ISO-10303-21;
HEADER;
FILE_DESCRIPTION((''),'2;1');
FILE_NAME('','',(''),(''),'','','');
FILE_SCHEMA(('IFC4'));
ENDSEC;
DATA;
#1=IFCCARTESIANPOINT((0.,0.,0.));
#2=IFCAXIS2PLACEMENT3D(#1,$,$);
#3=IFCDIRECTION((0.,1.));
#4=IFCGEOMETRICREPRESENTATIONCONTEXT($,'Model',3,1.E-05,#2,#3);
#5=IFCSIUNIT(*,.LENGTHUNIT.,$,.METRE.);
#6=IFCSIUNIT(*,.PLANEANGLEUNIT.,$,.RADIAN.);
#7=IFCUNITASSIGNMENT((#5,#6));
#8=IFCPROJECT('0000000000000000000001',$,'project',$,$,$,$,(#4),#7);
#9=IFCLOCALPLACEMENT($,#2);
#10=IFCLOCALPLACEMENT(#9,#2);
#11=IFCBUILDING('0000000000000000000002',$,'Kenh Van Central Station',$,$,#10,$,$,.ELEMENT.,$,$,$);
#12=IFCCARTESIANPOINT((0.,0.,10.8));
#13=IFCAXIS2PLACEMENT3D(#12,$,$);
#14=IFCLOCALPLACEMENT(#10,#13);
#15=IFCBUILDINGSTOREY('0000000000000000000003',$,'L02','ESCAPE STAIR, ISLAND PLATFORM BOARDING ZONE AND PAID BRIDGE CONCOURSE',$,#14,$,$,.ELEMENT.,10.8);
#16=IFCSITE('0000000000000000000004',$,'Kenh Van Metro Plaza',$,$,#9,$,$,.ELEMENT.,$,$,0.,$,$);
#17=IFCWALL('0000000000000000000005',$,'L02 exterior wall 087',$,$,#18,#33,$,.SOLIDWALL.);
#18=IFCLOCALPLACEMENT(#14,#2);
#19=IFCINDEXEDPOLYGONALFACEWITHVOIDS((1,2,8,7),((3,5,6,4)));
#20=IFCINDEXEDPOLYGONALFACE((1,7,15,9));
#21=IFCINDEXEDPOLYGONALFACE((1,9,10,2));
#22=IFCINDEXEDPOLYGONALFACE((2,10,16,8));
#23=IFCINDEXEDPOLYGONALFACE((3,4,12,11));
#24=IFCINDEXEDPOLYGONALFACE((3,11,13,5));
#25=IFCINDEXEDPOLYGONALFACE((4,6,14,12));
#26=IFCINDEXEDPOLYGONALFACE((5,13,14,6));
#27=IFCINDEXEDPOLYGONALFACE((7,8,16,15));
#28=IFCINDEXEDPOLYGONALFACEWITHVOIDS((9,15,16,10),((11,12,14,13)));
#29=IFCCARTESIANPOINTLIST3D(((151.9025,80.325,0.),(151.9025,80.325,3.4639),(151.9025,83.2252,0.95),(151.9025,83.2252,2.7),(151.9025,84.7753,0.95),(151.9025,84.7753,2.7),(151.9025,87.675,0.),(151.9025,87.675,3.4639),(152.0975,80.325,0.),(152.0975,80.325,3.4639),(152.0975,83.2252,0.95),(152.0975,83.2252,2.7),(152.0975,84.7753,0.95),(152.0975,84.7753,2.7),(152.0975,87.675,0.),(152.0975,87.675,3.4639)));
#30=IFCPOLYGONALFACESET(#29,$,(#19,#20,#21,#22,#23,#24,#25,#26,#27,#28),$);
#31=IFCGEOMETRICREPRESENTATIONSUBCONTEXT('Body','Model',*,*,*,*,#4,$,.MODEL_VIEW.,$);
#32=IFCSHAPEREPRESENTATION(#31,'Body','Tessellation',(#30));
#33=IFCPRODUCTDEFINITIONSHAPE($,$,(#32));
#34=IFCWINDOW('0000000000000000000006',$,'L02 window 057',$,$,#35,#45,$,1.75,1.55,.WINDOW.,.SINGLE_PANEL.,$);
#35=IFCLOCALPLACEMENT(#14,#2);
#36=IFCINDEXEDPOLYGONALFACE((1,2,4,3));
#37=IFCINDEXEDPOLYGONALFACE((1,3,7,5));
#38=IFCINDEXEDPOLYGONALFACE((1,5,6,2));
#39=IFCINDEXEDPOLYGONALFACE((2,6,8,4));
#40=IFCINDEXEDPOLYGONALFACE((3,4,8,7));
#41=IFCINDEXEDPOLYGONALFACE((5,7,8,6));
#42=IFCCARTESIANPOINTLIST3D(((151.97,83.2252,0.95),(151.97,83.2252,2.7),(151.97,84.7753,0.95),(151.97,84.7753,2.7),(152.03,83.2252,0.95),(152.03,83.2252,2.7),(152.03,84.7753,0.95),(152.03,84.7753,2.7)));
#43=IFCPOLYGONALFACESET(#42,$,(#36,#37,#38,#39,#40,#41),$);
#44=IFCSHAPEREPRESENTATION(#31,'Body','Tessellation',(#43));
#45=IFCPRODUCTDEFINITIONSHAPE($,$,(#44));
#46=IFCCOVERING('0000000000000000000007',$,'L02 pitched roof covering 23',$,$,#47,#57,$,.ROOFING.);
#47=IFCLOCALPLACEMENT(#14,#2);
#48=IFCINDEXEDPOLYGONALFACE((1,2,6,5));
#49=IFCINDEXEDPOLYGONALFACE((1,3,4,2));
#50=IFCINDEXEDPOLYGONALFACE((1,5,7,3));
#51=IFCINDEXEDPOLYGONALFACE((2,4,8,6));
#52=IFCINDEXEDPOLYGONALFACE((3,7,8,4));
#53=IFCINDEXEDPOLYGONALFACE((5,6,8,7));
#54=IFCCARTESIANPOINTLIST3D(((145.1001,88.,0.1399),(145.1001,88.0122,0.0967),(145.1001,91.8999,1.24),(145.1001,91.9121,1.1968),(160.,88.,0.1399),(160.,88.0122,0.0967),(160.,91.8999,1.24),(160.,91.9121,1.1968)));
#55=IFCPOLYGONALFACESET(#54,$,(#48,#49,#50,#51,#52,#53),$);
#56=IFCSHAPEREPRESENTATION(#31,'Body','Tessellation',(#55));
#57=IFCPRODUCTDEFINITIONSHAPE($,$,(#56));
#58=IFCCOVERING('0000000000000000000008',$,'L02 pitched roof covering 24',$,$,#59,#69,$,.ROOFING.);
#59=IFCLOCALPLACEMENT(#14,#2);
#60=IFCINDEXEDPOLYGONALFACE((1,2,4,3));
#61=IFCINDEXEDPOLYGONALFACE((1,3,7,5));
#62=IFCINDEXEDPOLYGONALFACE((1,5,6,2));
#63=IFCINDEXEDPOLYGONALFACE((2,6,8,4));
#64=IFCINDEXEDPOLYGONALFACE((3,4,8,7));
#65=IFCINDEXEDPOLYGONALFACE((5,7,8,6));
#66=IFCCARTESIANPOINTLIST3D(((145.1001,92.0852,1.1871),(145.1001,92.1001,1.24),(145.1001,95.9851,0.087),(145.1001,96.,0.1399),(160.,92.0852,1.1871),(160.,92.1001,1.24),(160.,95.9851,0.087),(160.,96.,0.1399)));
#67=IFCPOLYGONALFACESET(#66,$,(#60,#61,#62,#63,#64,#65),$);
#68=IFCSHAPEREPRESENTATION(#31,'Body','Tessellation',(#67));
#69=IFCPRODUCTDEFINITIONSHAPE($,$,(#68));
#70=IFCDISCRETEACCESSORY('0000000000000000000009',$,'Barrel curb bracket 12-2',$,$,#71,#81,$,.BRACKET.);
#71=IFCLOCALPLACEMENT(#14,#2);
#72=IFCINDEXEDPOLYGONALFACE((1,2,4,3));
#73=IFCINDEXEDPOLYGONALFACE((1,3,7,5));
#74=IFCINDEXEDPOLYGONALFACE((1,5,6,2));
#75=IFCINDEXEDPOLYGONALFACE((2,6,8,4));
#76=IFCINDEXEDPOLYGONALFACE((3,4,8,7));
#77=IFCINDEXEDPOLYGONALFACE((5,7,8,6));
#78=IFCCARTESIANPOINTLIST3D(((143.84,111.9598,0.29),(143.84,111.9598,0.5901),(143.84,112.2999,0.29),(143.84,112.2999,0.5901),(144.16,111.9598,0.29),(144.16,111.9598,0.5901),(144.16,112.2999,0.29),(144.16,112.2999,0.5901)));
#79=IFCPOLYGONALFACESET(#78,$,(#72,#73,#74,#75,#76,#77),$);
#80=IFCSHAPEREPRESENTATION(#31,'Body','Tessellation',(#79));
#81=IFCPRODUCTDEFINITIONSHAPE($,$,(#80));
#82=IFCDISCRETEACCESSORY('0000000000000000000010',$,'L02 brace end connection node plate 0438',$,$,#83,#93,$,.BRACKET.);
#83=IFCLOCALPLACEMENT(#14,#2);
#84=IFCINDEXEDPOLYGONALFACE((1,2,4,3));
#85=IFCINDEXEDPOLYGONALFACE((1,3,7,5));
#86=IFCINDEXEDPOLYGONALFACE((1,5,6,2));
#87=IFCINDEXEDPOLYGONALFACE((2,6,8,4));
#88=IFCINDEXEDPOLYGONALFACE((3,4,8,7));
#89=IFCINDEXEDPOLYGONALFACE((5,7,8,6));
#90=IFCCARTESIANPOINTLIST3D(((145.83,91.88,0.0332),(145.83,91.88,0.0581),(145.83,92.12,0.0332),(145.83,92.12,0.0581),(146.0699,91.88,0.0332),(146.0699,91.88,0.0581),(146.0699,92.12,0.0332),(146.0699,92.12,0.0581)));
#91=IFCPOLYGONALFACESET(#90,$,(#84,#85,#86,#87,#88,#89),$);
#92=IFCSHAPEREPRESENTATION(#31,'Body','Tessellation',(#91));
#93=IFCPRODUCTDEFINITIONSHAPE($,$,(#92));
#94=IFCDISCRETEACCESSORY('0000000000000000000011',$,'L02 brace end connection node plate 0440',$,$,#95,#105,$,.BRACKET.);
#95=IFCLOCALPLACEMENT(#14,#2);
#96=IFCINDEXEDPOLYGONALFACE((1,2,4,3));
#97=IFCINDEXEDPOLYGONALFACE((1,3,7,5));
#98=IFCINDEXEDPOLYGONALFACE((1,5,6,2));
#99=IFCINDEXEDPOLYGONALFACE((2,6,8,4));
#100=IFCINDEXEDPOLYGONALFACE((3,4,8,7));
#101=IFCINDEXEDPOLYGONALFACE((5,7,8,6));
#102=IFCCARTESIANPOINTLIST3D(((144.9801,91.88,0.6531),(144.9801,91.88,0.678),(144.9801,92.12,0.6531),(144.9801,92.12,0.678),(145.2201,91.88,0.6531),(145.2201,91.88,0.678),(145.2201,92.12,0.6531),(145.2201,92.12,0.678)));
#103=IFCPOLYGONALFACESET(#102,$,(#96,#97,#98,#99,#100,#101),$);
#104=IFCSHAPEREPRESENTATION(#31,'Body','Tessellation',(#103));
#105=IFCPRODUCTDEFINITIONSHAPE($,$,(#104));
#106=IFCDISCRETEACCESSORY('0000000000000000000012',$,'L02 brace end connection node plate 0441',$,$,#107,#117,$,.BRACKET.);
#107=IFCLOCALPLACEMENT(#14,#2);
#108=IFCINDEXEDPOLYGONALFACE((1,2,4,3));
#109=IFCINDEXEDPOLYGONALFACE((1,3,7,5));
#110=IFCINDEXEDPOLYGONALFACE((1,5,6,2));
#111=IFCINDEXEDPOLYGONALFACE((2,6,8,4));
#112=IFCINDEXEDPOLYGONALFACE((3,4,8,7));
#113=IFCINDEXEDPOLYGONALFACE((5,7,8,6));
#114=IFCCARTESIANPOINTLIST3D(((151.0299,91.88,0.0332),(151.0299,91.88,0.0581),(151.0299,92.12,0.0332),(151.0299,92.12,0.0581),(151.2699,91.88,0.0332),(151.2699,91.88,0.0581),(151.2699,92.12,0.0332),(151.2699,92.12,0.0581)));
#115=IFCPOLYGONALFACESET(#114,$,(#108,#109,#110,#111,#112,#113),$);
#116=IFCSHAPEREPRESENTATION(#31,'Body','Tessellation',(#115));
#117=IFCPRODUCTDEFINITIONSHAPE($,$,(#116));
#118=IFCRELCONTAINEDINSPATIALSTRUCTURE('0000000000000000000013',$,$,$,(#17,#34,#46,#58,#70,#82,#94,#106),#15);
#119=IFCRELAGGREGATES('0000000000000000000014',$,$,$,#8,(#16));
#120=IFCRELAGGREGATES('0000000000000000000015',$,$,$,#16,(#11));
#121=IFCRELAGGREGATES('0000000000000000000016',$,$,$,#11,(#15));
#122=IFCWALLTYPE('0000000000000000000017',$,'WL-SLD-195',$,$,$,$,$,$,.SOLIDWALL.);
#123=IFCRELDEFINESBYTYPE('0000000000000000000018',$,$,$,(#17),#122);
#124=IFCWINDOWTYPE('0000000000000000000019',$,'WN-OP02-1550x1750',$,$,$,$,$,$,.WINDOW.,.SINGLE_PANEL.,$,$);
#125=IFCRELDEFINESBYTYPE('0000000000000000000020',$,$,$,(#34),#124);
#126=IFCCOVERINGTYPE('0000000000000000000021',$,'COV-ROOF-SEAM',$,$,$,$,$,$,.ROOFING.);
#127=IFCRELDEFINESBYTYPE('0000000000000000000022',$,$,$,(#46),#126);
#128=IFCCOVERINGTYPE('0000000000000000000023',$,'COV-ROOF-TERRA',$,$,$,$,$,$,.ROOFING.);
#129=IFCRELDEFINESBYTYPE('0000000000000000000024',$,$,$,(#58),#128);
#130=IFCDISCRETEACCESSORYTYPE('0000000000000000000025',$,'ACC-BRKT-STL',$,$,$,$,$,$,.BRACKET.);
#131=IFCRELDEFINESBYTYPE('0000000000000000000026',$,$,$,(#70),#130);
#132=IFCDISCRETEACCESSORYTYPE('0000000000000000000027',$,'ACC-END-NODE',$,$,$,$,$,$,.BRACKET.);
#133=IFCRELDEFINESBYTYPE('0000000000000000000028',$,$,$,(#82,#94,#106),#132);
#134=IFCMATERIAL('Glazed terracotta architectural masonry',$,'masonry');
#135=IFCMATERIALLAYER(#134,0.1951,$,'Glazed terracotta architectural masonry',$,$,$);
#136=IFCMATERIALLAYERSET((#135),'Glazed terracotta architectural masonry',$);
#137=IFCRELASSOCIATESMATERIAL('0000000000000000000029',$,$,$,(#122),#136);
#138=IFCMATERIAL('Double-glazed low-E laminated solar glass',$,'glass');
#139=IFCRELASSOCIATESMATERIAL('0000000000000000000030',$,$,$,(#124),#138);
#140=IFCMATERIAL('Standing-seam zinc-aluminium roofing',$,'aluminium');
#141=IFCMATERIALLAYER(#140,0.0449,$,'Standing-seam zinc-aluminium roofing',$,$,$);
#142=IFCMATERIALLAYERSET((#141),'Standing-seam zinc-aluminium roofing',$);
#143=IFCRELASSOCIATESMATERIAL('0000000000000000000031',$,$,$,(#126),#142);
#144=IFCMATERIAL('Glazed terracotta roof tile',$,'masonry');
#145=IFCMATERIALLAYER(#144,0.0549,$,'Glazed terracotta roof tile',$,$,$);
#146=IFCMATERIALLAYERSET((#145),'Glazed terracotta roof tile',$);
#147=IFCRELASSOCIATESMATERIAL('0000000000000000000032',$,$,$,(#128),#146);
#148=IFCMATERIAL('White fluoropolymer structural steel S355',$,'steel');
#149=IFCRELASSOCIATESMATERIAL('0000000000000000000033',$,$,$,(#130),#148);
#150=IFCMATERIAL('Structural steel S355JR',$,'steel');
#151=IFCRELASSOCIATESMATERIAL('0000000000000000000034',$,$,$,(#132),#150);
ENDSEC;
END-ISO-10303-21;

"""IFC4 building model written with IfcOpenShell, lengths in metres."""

from ifc_helpers import new_model, si_unit, direction, frame, frame_2d, origin, origin_2d, place, context, subcontext, project, spatial, polyline, rectangle, outline, extrude, material, layer, layer_set, type_object, element, fill, save


model = new_model("IFC4")

# Units and contexts
model_context = context("Model", 3, precision=1e-05, world=origin(), true_north=direction((0.0, 1.0)))
body_context = subcontext(model_context, "Body", "Model", "MODEL_VIEW")
ifc_project = project(units=[si_unit("LENGTHUNIT", "METRE"), si_unit("PLANEANGLEUNIT", "RADIAN")], contexts=[model_context])

# Site, building, storey
site_placement = place(None, origin())
site = spatial("IfcSite", under=ifc_project, at=site_placement, Name="Kenh Van Metro Plaza", CompositionType="ELEMENT", RefElevation=0.0)
building_placement = place(site_placement, origin())
building = spatial("IfcBuilding", under=site, at=building_placement, Name="Kenh Van Central Station", CompositionType="ELEMENT")
storey_placement = place(building_placement, frame((0.0, 0.0, 10.8)))
storey = spatial("IfcBuildingStorey", under=building, at=storey_placement, Name="L02", Description="ESCAPE STAIR, ISLAND PLATFORM BOARDING ZONE AND PAID BRIDGE CONCOURSE", CompositionType="ELEMENT", Elevation=10.8)

# Shared definitions
ifc_material_1 = material(Name="White fluoropolymer structural steel S355", Category="steel")

# Wall, opening, window
ifc_material_2 = material(Name="Glazed terracotta architectural masonry", Category="masonry")
ifc_layer_1 = layer(ifc_material_2, 0.1951, Name="Glazed terracotta architectural masonry")
ifc_layer_set_1 = layer_set([ifc_layer_1], Name="Glazed terracotta architectural masonry")
wall_type = type_object("IfcWallType", Name="WL-SLD-195", PredefinedType="SOLIDWALL", material=ifc_layer_set_1)
wall_placement = place(storey_placement, frame((152.0, 87.675, 0.0), z_axis=(0.0, 0.0, 1.0), x_axis=(0.0, -1.0, 0.0)))
wall = element("IfcWall", 1, at=wall_placement, inside=storey, type_object=wall_type, Name="L02 exterior wall 087", PredefinedType="SOLIDWALL", context=body_context, shape_type="SweptSolid", body=[
    extrude(rectangle(XDim=7.3501, YDim=0.1951, at=frame_2d((3.675, 0.0))), origin(), (0.0, 0.0, 1.0), 3.4639),
])
opening_placement = place(wall_placement, frame((2.8999, 0.0, 0.95)))
opening = element("IfcOpeningElement", 2, at=opening_placement, cuts=wall, PredefinedType="OPENING", context=body_context, shape_type="SweptSolid", body=[
    extrude(rectangle(XDim=1.55, YDim=1.75, at=frame_2d((0.7749, 0.875))), frame((0.0, 0.1074, 0.0), z_axis=(0.0, -1.0, 0.0), x_axis=(1.0, 0.0, 0.0)), (0.0, 0.0, 1.0), 0.2151),
])
ifc_material_3 = material(Name="Double-glazed low-E laminated solar glass", Category="glass")
window_type = type_object("IfcWindowType", Name="WN-OP02-1550x1750", PartitioningType="SINGLE_PANEL", PredefinedType="WINDOW", material=ifc_material_3)
window_placement = place(opening_placement, origin())
window = element("IfcWindow", 3, at=window_placement, inside=storey, type_object=window_type, Name="L02 window 057", OverallHeight=1.75, OverallWidth=1.55, PartitioningType="SINGLE_PANEL", PredefinedType="WINDOW", context=body_context, shape_type="SweptSolid", body=[
    extrude(rectangle(XDim=1.55, YDim=1.75, at=frame_2d((0.7749, 0.875))), frame((0.0, 0.03, 0.0), z_axis=(0.0, -1.0, 0.0), x_axis=(1.0, 0.0, 0.0)), (0.0, 0.0, 1.0), 0.0601),
])
fill(opening, window)

# Coverings
ifc_material_4 = material(Name="Standing-seam zinc-aluminium roofing", Category="aluminium")
ifc_layer_2 = layer(ifc_material_4, 0.0449, Name="Standing-seam zinc-aluminium roofing")
ifc_layer_set_2 = layer_set([ifc_layer_2], Name="Standing-seam zinc-aluminium roofing")
covering_type_1 = type_object("IfcCoveringType", Name="COV-ROOF-SEAM", PredefinedType="ROOFING", material=ifc_layer_set_2)
covering_1_placement = place(storey_placement, frame((145.1001, 88.0, 0.1399), z_axis=(0.0, -0.271489, 0.962442), x_axis=(1.0, 0.0, 0.0)))
element("IfcCovering", 4, at=covering_1_placement, inside=storey, type_object=covering_type_1, Name="L02 pitched roof covering 23", PredefinedType="ROOFING", context=body_context, shape_type="SweptSolid", body=[
    extrude(outline(polyline([(0.0, 0.0), (14.8999, 0.0), (14.8999, 4.0521), (0.0, 4.0521), (0.0, 0.0)])), origin(), (0.0, 0.0, -1.0), 0.0449),
])
ifc_material_5 = material(Name="Glazed terracotta roof tile", Category="masonry")
ifc_layer_3 = layer(ifc_material_5, 0.0549, Name="Glazed terracotta roof tile")
ifc_layer_set_3 = layer_set([ifc_layer_3], Name="Glazed terracotta roof tile")
covering_type_2 = type_object("IfcCoveringType", Name="COV-ROOF-TERRA", PredefinedType="ROOFING", material=ifc_layer_set_3)
covering_2_placement = place(storey_placement, frame((145.1001, 92.1001, 1.24), z_axis=(0.0, 0.271489, 0.962442), x_axis=(1.0, 0.0, 0.0)))
element("IfcCovering", 5, at=covering_2_placement, inside=storey, type_object=covering_type_2, Name="L02 pitched roof covering 24", PredefinedType="ROOFING", context=body_context, shape_type="SweptSolid", body=[
    extrude(outline(polyline([(0.0, 0.0), (14.8999, 0.0), (14.8999, 4.0521), (0.0, 4.0521), (0.0, 0.0)])), origin(), (0.0, 0.0, -1.0), 0.0549),
])

# Discrete accessories
discrete_accessory_type_1 = type_object("IfcDiscreteAccessoryType", Name="ACC-BRKT-STL", PredefinedType="BRACKET", material=ifc_material_1)
discrete_accessory_placement = place(storey_placement, frame((144.0, 112.1299, 0.29), z_axis=(0.0, 0.0, 1.0), x_axis=(1.0, 0.0, 0.0)))
element("IfcDiscreteAccessory", 6, at=discrete_accessory_placement, inside=storey, type_object=discrete_accessory_type_1, Name="Barrel curb bracket 12-2", PredefinedType="BRACKET", context=body_context, shape_type="SweptSolid", body=[
    extrude(rectangle(XDim=0.3201, YDim=0.3401, at=origin_2d()), origin(), (0.0, 0.0, 1.0), 0.3),
])
ifc_material_6 = material(Name="Structural steel S355JR", Category="steel")
discrete_accessory_type_2 = type_object("IfcDiscreteAccessoryType", Name="ACC-END-NODE", PredefinedType="BRACKET", material=ifc_material_6)
for number, where, z_axis, x_axis, name in (
    (7, (145.95, 92.0, 0.0332), (0.0, 0.0, 1.0), (1.0, 0.0, 0.0), "L02 brace end connection node plate 0438"),
    (8, (145.1001, 92.0, 0.6531), (0.0, 0.0, 1.0), (1.0, 0.0, 0.0), "L02 brace end connection node plate 0440"),
    (9, (151.1499, 92.0, 0.0332), (0.0, 0.0, 1.0), (1.0, 0.0, 0.0), "L02 brace end connection node plate 0441"),
):
    element("IfcDiscreteAccessory", number, at=place(storey_placement, frame(where, z_axis=z_axis, x_axis=x_axis)), inside=storey, type_object=discrete_accessory_type_2, Name=name, PredefinedType="BRACKET", context=body_context, shape_type="SweptSolid", body=[
        extrude(rectangle(XDim=0.24, YDim=0.24, at=origin_2d()), origin(), (0.0, 0.0, 1.0), 0.0249),
    ])

save(model, "model.ifc")
